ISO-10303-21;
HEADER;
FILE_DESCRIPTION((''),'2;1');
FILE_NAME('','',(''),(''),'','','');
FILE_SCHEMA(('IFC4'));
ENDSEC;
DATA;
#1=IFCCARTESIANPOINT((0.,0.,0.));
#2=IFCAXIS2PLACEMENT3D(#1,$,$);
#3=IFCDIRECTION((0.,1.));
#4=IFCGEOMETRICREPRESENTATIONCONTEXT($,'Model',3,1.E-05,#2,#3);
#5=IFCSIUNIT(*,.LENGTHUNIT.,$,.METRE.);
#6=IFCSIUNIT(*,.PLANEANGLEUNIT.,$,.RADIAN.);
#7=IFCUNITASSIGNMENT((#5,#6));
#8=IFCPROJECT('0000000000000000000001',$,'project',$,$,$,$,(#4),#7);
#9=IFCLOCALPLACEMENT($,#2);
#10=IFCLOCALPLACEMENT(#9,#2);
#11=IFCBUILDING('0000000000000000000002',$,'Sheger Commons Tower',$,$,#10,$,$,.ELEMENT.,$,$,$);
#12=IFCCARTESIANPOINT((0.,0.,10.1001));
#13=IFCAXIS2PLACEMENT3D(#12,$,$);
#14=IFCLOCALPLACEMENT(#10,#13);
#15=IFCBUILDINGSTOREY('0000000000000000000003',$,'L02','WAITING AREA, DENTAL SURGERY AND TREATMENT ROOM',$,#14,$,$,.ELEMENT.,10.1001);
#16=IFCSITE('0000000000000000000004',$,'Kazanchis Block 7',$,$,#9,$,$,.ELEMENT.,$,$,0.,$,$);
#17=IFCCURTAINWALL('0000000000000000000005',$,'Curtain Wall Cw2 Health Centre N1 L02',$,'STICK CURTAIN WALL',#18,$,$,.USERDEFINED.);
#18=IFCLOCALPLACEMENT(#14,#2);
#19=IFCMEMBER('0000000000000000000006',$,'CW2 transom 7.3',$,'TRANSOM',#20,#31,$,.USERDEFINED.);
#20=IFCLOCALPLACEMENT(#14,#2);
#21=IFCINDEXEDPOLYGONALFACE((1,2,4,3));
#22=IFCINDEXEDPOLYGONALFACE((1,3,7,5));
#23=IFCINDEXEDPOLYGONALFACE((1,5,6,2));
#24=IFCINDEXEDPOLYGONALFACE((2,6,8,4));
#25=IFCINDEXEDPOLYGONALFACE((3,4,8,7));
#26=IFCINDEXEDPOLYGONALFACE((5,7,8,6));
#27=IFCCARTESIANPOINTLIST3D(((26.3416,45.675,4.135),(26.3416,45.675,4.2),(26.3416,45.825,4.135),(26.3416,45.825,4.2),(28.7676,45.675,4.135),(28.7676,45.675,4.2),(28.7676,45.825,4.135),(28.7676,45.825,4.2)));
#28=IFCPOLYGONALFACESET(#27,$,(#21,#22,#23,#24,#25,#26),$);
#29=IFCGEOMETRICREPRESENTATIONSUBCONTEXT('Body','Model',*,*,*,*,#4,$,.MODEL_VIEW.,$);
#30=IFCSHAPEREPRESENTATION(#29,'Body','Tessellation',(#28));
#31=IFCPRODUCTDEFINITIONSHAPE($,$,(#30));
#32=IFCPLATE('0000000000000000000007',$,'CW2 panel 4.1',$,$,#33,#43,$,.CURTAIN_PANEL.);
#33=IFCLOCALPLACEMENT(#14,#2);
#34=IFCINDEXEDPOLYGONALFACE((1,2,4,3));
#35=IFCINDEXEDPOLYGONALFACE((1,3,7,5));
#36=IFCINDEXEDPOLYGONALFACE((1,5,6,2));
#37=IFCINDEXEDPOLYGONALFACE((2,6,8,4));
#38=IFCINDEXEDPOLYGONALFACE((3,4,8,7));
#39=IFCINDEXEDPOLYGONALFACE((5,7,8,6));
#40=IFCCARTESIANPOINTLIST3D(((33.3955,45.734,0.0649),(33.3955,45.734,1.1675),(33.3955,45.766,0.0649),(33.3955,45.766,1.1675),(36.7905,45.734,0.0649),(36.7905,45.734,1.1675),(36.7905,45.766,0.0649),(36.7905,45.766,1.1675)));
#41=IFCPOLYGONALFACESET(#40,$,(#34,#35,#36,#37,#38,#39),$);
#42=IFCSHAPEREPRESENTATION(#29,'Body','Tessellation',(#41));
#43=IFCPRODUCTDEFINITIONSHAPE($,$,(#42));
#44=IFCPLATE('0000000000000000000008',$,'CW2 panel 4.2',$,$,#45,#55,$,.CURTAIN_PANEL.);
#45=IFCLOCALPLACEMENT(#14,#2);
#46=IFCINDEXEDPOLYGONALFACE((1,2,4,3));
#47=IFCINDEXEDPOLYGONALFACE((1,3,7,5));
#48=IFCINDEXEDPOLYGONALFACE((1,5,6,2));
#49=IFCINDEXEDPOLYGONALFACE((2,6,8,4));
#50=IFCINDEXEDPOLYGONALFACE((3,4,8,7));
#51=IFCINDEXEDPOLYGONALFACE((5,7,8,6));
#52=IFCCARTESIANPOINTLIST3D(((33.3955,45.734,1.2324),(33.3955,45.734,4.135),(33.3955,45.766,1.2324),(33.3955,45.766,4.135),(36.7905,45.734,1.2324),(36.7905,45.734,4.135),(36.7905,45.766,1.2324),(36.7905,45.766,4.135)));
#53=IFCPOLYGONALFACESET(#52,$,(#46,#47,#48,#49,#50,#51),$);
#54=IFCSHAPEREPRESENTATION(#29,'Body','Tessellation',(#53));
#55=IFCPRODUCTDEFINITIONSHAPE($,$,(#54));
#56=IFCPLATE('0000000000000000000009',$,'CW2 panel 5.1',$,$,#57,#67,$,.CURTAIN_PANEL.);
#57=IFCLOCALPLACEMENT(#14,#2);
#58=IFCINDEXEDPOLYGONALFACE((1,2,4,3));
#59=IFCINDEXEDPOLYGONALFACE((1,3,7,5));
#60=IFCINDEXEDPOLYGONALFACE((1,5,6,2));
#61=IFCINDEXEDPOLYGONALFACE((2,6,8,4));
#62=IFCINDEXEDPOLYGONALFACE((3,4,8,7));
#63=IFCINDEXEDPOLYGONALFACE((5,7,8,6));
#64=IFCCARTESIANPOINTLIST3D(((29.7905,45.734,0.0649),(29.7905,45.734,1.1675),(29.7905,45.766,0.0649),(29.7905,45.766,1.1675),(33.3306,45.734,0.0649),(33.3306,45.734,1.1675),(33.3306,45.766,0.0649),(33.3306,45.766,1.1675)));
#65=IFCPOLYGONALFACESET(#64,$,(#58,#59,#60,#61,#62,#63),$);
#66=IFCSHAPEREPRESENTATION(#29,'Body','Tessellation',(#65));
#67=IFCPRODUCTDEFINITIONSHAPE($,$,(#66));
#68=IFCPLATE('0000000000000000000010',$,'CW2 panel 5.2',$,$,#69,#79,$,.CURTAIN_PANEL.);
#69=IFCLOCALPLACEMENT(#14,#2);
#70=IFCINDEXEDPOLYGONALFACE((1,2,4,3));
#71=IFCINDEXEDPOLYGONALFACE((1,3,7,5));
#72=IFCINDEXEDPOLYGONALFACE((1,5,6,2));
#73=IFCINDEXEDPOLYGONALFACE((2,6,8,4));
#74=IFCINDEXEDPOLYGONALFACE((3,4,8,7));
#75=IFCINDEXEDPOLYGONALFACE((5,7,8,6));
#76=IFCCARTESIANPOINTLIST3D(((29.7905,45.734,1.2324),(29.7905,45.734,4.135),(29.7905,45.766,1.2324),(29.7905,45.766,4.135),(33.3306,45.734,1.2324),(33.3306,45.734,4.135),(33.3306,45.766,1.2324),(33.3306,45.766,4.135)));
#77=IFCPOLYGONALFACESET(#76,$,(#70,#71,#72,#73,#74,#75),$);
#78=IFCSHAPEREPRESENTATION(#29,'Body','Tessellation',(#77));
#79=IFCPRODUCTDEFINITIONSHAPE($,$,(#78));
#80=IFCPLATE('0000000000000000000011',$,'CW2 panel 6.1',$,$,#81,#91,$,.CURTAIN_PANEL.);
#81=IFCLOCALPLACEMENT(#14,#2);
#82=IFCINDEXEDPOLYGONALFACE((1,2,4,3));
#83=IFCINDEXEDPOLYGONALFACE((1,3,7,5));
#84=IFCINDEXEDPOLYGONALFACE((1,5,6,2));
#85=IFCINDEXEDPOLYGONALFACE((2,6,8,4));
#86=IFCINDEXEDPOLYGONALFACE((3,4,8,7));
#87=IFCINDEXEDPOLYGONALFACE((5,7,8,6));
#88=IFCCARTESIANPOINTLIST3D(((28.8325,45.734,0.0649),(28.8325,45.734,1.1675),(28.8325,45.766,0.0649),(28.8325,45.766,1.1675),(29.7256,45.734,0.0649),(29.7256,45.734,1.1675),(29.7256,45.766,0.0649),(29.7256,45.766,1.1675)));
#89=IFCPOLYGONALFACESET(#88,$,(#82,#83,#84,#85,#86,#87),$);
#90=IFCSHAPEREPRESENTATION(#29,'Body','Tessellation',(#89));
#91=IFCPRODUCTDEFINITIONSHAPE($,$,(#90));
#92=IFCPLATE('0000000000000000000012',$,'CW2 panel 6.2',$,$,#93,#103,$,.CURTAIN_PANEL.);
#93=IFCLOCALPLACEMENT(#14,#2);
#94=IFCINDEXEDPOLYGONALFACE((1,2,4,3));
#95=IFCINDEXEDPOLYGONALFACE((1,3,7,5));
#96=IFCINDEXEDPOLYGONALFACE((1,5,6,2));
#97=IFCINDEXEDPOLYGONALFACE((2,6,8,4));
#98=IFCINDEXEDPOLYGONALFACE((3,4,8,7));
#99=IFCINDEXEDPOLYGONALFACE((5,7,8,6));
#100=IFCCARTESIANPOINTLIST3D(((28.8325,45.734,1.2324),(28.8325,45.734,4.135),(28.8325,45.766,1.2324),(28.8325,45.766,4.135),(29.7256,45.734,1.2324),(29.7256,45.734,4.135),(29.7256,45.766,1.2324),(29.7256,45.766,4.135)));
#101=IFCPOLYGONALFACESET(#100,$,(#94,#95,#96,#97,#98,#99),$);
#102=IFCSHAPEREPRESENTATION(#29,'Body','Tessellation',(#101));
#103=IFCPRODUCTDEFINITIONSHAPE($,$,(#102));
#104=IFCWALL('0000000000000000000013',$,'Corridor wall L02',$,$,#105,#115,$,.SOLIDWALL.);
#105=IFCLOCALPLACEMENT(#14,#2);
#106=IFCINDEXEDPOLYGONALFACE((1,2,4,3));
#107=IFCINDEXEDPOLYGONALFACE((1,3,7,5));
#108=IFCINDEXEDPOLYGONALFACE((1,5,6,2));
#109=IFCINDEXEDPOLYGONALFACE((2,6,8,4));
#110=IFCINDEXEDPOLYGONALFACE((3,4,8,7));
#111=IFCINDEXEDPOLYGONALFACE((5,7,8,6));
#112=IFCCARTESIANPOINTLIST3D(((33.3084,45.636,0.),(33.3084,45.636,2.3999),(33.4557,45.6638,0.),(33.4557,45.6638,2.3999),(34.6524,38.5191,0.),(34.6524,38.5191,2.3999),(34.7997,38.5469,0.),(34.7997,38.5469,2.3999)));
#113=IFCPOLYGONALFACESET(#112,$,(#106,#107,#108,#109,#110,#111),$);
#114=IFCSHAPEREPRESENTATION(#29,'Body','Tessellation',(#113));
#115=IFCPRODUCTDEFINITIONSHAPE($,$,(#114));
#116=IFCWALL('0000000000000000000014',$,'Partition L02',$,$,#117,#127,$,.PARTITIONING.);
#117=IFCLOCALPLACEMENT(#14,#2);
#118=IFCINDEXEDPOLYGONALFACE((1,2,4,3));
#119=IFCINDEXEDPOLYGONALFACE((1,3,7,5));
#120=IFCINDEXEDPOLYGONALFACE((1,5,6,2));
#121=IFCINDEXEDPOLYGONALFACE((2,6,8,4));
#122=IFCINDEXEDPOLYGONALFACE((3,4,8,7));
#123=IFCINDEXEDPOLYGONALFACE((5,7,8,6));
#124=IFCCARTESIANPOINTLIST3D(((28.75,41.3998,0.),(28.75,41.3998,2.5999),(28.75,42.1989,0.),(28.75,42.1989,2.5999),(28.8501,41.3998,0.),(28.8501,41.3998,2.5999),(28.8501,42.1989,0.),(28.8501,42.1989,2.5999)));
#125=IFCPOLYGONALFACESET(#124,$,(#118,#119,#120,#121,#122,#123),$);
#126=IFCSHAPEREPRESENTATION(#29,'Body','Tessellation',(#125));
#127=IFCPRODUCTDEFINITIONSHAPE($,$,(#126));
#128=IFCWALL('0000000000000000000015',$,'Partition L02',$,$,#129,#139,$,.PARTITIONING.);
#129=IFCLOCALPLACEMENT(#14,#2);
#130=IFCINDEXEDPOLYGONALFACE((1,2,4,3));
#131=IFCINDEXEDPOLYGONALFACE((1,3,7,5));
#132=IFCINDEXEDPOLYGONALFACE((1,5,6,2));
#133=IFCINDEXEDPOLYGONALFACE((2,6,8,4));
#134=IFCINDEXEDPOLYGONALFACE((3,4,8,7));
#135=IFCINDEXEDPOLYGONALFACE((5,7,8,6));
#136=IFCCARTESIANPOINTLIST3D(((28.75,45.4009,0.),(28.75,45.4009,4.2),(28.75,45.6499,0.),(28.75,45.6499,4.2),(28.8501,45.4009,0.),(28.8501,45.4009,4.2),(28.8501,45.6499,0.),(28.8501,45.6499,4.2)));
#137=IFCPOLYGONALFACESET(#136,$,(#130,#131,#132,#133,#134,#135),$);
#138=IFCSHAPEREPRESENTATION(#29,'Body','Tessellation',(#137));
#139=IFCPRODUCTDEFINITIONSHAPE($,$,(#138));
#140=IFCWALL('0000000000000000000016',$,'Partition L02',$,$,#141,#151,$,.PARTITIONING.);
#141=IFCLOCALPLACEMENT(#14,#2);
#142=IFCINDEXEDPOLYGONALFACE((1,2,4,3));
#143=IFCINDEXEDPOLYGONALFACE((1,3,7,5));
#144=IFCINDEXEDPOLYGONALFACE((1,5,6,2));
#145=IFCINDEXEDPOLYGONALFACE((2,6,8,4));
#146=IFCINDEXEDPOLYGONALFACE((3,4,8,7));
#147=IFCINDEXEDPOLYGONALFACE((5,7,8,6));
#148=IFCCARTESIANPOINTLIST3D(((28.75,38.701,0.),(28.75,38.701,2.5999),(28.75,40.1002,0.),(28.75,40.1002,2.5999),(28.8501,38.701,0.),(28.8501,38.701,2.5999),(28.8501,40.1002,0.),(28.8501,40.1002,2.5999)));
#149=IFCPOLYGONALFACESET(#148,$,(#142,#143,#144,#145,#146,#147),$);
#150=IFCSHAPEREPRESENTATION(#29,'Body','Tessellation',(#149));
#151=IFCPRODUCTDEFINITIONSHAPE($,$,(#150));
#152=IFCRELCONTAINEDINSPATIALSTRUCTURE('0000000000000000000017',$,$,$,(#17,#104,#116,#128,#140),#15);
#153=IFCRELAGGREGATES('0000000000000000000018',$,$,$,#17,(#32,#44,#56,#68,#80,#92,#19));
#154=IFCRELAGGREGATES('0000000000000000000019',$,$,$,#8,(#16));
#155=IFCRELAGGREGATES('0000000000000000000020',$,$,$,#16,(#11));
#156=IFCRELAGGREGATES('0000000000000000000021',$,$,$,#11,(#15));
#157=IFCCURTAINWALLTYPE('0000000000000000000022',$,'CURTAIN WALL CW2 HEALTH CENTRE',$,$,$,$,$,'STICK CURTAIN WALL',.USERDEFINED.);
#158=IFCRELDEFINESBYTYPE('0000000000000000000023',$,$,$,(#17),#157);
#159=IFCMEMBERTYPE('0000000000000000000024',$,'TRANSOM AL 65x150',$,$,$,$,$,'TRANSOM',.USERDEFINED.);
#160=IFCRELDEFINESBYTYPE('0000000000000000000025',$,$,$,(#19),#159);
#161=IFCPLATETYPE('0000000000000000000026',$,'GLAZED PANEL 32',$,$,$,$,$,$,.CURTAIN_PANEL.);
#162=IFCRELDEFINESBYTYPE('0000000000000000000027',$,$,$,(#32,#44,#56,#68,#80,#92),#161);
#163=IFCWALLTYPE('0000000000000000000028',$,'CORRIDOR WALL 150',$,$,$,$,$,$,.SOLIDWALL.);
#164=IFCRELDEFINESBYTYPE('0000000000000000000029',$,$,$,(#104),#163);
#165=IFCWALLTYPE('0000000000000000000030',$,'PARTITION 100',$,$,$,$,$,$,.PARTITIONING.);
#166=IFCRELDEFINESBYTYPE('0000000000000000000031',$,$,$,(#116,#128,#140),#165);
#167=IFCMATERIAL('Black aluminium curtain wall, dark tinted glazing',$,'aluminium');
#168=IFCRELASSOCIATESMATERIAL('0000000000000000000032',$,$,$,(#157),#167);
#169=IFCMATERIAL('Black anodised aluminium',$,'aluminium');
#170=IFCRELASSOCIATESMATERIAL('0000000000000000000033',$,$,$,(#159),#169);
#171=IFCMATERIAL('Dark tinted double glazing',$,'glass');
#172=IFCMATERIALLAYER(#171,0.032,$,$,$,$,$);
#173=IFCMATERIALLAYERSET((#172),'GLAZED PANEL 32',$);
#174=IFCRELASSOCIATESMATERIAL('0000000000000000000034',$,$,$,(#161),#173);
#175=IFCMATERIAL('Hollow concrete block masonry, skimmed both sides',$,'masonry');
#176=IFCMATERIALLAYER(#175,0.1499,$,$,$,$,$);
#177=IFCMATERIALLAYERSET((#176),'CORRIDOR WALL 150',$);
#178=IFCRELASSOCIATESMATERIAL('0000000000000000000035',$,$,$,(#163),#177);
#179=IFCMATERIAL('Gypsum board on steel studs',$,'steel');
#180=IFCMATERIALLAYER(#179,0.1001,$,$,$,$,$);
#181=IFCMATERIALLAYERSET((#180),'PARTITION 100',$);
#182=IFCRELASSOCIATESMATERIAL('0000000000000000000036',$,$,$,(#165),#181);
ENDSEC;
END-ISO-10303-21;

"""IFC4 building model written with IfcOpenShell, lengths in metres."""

from ifc_helpers import new_model, si_unit, direction, frame, frame_2d, origin, origin_2d, place, context, subcontext, project, spatial, rectangle, extrude, material, layer, layer_set, material_profile, profile_set, type_object, element, aggregate, save


model = new_model("IFC4")

# Units and contexts
model_context = context("Model", 3, precision=1e-05, world=origin(), true_north=direction((0.0, 1.0)))
body_context = subcontext(model_context, "Body", "Model", "MODEL_VIEW")
ifc_project = project(units=[si_unit("LENGTHUNIT", "METRE"), si_unit("PLANEANGLEUNIT", "RADIAN")], contexts=[model_context])

# Site, building, storey
site_placement = place(None, origin())
site = spatial("IfcSite", under=ifc_project, at=site_placement, Name="Kazanchis Block 7", CompositionType="ELEMENT", RefElevation=0.0)
building_placement = place(site_placement, origin())
building = spatial("IfcBuilding", under=site, at=building_placement, Name="Sheger Commons Tower", CompositionType="ELEMENT")
storey_placement = place(building_placement, frame((0.0, 0.0, 10.1001)))
storey = spatial("IfcBuildingStorey", under=building, at=storey_placement, Name="L02", Description="WAITING AREA, DENTAL SURGERY AND TREATMENT ROOM", CompositionType="ELEMENT", Elevation=10.1001)

# Curtain wall
ifc_material_1 = material(Name="Black aluminium curtain wall, dark tinted glazing", Category="aluminium")
curtain_wall_type = type_object("IfcCurtainWallType", Name="CURTAIN WALL CW2 HEALTH CENTRE", ElementType="STICK CURTAIN WALL", PredefinedType="USERDEFINED", material=ifc_material_1)
curtain_wall_placement = place(storey_placement, origin())
curtain_wall = element("IfcCurtainWall", 1, at=curtain_wall_placement, inside=storey, type_object=curtain_wall_type, Name="Curtain Wall Cw2 Health Centre N1 L02", ObjectType="STICK CURTAIN WALL", PredefinedType="USERDEFINED")

# Member
ifc_material_2 = material(Name="Black anodised aluminium", Category="aluminium")
ifc_material_profile_1 = material_profile(ifc_material_2, rectangle(XDim=0.1499, YDim=0.0649, at=origin_2d()), Name="AL 65x150")
ifc_profile_set_1 = profile_set([ifc_material_profile_1], Name="Black anodised aluminium")
member_type_1 = type_object("IfcMemberType", Name="TRANSOM AL 65x150", ElementType="TRANSOM", PredefinedType="USERDEFINED", material=ifc_profile_set_1)
member_1_placement = place(storey_placement, frame((28.7676, 45.75, 4.1675), z_axis=(-1.0, 0.0, 0.0), x_axis=(0.0, -1.0, 0.0)))
member_1 = element("IfcMember", 2, at=member_1_placement, type_object=member_type_1, Name="CW2 transom 7.3", ObjectType="TRANSOM", PredefinedType="USERDEFINED", context=body_context, shape_type="SweptSolid", body=[
    extrude(rectangle(XDim=0.1499, YDim=0.0649, at=origin_2d()), origin(), (0.0, 0.0, 1.0), 2.426),
])

# Plates
ifc_material_3 = material(Name="Dark tinted double glazing", Category="glass")
ifc_layer_1 = layer(ifc_material_3, 0.032)
ifc_layer_set_1 = layer_set([ifc_layer_1], Name="GLAZED PANEL 32")
plate_type = type_object("IfcPlateType", Name="GLAZED PANEL 32", PredefinedType="CURTAIN_PANEL", material=ifc_layer_set_1)
plate_1_placement = place(storey_placement, frame((35.093, 45.75, 0.0649), z_axis=(0.0, 0.0, 1.0), x_axis=(-1.0, 0.0, 0.0)))
plate_1 = element("IfcPlate", 3, at=plate_1_placement, type_object=plate_type, Name="CW2 panel 4.1", PredefinedType="CURTAIN_PANEL", context=body_context, shape_type="SweptSolid", body=[
    extrude(rectangle(XDim=3.395, YDim=0.032, at=origin_2d()), origin(), (0.0, 0.0, 1.0), 1.1025),
])
plate_2_placement = place(storey_placement, frame((35.093, 45.75, 1.2324), z_axis=(0.0, 0.0, 1.0), x_axis=(-1.0, 0.0, 0.0)))
plate_2 = element("IfcPlate", 4, at=plate_2_placement, type_object=plate_type, Name="CW2 panel 4.2", PredefinedType="CURTAIN_PANEL", context=body_context, shape_type="SweptSolid", body=[
    extrude(rectangle(XDim=3.395, YDim=0.032, at=origin_2d()), origin(), (0.0, 0.0, 1.0), 2.9026),
])
plate_3_placement = place(storey_placement, frame((31.5605, 45.75, 0.0649), z_axis=(0.0, 0.0, 1.0), x_axis=(-1.0, 0.0, 0.0)))
plate_3 = element("IfcPlate", 5, at=plate_3_placement, type_object=plate_type, Name="CW2 panel 5.1", PredefinedType="CURTAIN_PANEL", context=body_context, shape_type="SweptSolid", body=[
    extrude(rectangle(XDim=3.54, YDim=0.032, at=origin_2d()), origin(), (0.0, 0.0, 1.0), 1.1025),
])
plate_4_placement = place(storey_placement, frame((31.5605, 45.75, 1.2324), z_axis=(0.0, 0.0, 1.0), x_axis=(-1.0, 0.0, 0.0)))
plate_4 = element("IfcPlate", 6, at=plate_4_placement, type_object=plate_type, Name="CW2 panel 5.2", PredefinedType="CURTAIN_PANEL", context=body_context, shape_type="SweptSolid", body=[
    extrude(rectangle(XDim=3.54, YDim=0.032, at=origin_2d()), origin(), (0.0, 0.0, 1.0), 2.9026),
])
plate_5_placement = place(storey_placement, frame((29.2791, 45.75, 0.0649), z_axis=(0.0, 0.0, 1.0), x_axis=(-1.0, 0.0, 0.0)))
plate_5 = element("IfcPlate", 7, at=plate_5_placement, type_object=plate_type, Name="CW2 panel 6.1", PredefinedType="CURTAIN_PANEL", context=body_context, shape_type="SweptSolid", body=[
    extrude(rectangle(XDim=0.8931, YDim=0.032, at=origin_2d()), origin(), (0.0, 0.0, 1.0), 1.1025),
])
plate_6_placement = place(storey_placement, frame((29.2791, 45.75, 1.2324), z_axis=(0.0, 0.0, 1.0), x_axis=(-1.0, 0.0, 0.0)))
plate_6 = element("IfcPlate", 8, at=plate_6_placement, type_object=plate_type, Name="CW2 panel 6.2", PredefinedType="CURTAIN_PANEL", context=body_context, shape_type="SweptSolid", body=[
    extrude(rectangle(XDim=0.8931, YDim=0.032, at=origin_2d()), origin(), (0.0, 0.0, 1.0), 2.9026),
])
aggregate(curtain_wall, [plate_1, plate_2, plate_3, plate_4, plate_5, plate_6, member_1])

# Walls
ifc_material_4 = material(Name="Hollow concrete block masonry, skimmed both sides", Category="masonry")
ifc_layer_2 = layer(ifc_material_4, 0.1499)
ifc_layer_set_2 = layer_set([ifc_layer_2], Name="CORRIDOR WALL 150")
wall_type_1 = type_object("IfcWallType", Name="CORRIDOR WALL 150", PredefinedType="SOLIDWALL", material=ifc_layer_set_2)
wall_1_placement = place(storey_placement, frame((33.3821, 45.6499, 0.0), z_axis=(0.0, 0.0, 1.0), x_axis=(0.185564, -0.982632, 0.0)))
element("IfcWall", 9, at=wall_1_placement, inside=storey, type_object=wall_type_1, Name="Corridor wall L02", PredefinedType="SOLIDWALL", context=body_context, shape_type="SweptSolid", body=[
    extrude(rectangle(XDim=7.2427, YDim=0.1499, at=frame_2d((3.6213, 0.0))), origin(), (0.0, 0.0, 1.0), 2.3999),
])
ifc_material_5 = material(Name="Gypsum board on steel studs", Category="steel")
ifc_layer_3 = layer(ifc_material_5, 0.1001)
ifc_layer_set_3 = layer_set([ifc_layer_3], Name="PARTITION 100")
wall_type_2 = type_object("IfcWallType", Name="PARTITION 100", PredefinedType="PARTITIONING", material=ifc_layer_set_3)
wall_2_placement = place(storey_placement, frame((28.8, 41.3999, 0.0), z_axis=(0.0, 0.0, 1.0), x_axis=(0.0, 1.0, 0.0)))
element("IfcWall", 10, at=wall_2_placement, inside=storey, type_object=wall_type_2, Name="Partition L02", PredefinedType="PARTITIONING", context=body_context, shape_type="SweptSolid", body=[
    extrude(rectangle(XDim=0.7991, YDim=0.1001, at=frame_2d((0.3994, 0.0))), origin(), (0.0, 0.0, 1.0), 2.5999),
])
wall_3_placement = place(storey_placement, frame((28.8, 45.4009, 0.0), z_axis=(0.0, 0.0, 1.0), x_axis=(0.0, 1.0, 0.0)))
element("IfcWall", 11, at=wall_3_placement, inside=storey, type_object=wall_type_2, Name="Partition L02", PredefinedType="PARTITIONING", context=body_context, shape_type="SweptSolid", body=[
    extrude(rectangle(XDim=0.249, YDim=0.1001, at=frame_2d((0.1245, 0.0))), origin(), (0.0, 0.0, 1.0), 4.2),
])
wall_4_placement = place(storey_placement, frame((28.8, 38.7009, 0.0), z_axis=(0.0, 0.0, 1.0), x_axis=(0.0, 1.0, 0.0)))
element("IfcWall", 12, at=wall_4_placement, inside=storey, type_object=wall_type_2, Name="Partition L02", PredefinedType="PARTITIONING", context=body_context, shape_type="SweptSolid", body=[
    extrude(rectangle(XDim=1.3992, YDim=0.1001, at=frame_2d((0.6997, 0.0))), origin(), (0.0, 0.0, 1.0), 2.5999),
])

save(model, "model.ifc")
